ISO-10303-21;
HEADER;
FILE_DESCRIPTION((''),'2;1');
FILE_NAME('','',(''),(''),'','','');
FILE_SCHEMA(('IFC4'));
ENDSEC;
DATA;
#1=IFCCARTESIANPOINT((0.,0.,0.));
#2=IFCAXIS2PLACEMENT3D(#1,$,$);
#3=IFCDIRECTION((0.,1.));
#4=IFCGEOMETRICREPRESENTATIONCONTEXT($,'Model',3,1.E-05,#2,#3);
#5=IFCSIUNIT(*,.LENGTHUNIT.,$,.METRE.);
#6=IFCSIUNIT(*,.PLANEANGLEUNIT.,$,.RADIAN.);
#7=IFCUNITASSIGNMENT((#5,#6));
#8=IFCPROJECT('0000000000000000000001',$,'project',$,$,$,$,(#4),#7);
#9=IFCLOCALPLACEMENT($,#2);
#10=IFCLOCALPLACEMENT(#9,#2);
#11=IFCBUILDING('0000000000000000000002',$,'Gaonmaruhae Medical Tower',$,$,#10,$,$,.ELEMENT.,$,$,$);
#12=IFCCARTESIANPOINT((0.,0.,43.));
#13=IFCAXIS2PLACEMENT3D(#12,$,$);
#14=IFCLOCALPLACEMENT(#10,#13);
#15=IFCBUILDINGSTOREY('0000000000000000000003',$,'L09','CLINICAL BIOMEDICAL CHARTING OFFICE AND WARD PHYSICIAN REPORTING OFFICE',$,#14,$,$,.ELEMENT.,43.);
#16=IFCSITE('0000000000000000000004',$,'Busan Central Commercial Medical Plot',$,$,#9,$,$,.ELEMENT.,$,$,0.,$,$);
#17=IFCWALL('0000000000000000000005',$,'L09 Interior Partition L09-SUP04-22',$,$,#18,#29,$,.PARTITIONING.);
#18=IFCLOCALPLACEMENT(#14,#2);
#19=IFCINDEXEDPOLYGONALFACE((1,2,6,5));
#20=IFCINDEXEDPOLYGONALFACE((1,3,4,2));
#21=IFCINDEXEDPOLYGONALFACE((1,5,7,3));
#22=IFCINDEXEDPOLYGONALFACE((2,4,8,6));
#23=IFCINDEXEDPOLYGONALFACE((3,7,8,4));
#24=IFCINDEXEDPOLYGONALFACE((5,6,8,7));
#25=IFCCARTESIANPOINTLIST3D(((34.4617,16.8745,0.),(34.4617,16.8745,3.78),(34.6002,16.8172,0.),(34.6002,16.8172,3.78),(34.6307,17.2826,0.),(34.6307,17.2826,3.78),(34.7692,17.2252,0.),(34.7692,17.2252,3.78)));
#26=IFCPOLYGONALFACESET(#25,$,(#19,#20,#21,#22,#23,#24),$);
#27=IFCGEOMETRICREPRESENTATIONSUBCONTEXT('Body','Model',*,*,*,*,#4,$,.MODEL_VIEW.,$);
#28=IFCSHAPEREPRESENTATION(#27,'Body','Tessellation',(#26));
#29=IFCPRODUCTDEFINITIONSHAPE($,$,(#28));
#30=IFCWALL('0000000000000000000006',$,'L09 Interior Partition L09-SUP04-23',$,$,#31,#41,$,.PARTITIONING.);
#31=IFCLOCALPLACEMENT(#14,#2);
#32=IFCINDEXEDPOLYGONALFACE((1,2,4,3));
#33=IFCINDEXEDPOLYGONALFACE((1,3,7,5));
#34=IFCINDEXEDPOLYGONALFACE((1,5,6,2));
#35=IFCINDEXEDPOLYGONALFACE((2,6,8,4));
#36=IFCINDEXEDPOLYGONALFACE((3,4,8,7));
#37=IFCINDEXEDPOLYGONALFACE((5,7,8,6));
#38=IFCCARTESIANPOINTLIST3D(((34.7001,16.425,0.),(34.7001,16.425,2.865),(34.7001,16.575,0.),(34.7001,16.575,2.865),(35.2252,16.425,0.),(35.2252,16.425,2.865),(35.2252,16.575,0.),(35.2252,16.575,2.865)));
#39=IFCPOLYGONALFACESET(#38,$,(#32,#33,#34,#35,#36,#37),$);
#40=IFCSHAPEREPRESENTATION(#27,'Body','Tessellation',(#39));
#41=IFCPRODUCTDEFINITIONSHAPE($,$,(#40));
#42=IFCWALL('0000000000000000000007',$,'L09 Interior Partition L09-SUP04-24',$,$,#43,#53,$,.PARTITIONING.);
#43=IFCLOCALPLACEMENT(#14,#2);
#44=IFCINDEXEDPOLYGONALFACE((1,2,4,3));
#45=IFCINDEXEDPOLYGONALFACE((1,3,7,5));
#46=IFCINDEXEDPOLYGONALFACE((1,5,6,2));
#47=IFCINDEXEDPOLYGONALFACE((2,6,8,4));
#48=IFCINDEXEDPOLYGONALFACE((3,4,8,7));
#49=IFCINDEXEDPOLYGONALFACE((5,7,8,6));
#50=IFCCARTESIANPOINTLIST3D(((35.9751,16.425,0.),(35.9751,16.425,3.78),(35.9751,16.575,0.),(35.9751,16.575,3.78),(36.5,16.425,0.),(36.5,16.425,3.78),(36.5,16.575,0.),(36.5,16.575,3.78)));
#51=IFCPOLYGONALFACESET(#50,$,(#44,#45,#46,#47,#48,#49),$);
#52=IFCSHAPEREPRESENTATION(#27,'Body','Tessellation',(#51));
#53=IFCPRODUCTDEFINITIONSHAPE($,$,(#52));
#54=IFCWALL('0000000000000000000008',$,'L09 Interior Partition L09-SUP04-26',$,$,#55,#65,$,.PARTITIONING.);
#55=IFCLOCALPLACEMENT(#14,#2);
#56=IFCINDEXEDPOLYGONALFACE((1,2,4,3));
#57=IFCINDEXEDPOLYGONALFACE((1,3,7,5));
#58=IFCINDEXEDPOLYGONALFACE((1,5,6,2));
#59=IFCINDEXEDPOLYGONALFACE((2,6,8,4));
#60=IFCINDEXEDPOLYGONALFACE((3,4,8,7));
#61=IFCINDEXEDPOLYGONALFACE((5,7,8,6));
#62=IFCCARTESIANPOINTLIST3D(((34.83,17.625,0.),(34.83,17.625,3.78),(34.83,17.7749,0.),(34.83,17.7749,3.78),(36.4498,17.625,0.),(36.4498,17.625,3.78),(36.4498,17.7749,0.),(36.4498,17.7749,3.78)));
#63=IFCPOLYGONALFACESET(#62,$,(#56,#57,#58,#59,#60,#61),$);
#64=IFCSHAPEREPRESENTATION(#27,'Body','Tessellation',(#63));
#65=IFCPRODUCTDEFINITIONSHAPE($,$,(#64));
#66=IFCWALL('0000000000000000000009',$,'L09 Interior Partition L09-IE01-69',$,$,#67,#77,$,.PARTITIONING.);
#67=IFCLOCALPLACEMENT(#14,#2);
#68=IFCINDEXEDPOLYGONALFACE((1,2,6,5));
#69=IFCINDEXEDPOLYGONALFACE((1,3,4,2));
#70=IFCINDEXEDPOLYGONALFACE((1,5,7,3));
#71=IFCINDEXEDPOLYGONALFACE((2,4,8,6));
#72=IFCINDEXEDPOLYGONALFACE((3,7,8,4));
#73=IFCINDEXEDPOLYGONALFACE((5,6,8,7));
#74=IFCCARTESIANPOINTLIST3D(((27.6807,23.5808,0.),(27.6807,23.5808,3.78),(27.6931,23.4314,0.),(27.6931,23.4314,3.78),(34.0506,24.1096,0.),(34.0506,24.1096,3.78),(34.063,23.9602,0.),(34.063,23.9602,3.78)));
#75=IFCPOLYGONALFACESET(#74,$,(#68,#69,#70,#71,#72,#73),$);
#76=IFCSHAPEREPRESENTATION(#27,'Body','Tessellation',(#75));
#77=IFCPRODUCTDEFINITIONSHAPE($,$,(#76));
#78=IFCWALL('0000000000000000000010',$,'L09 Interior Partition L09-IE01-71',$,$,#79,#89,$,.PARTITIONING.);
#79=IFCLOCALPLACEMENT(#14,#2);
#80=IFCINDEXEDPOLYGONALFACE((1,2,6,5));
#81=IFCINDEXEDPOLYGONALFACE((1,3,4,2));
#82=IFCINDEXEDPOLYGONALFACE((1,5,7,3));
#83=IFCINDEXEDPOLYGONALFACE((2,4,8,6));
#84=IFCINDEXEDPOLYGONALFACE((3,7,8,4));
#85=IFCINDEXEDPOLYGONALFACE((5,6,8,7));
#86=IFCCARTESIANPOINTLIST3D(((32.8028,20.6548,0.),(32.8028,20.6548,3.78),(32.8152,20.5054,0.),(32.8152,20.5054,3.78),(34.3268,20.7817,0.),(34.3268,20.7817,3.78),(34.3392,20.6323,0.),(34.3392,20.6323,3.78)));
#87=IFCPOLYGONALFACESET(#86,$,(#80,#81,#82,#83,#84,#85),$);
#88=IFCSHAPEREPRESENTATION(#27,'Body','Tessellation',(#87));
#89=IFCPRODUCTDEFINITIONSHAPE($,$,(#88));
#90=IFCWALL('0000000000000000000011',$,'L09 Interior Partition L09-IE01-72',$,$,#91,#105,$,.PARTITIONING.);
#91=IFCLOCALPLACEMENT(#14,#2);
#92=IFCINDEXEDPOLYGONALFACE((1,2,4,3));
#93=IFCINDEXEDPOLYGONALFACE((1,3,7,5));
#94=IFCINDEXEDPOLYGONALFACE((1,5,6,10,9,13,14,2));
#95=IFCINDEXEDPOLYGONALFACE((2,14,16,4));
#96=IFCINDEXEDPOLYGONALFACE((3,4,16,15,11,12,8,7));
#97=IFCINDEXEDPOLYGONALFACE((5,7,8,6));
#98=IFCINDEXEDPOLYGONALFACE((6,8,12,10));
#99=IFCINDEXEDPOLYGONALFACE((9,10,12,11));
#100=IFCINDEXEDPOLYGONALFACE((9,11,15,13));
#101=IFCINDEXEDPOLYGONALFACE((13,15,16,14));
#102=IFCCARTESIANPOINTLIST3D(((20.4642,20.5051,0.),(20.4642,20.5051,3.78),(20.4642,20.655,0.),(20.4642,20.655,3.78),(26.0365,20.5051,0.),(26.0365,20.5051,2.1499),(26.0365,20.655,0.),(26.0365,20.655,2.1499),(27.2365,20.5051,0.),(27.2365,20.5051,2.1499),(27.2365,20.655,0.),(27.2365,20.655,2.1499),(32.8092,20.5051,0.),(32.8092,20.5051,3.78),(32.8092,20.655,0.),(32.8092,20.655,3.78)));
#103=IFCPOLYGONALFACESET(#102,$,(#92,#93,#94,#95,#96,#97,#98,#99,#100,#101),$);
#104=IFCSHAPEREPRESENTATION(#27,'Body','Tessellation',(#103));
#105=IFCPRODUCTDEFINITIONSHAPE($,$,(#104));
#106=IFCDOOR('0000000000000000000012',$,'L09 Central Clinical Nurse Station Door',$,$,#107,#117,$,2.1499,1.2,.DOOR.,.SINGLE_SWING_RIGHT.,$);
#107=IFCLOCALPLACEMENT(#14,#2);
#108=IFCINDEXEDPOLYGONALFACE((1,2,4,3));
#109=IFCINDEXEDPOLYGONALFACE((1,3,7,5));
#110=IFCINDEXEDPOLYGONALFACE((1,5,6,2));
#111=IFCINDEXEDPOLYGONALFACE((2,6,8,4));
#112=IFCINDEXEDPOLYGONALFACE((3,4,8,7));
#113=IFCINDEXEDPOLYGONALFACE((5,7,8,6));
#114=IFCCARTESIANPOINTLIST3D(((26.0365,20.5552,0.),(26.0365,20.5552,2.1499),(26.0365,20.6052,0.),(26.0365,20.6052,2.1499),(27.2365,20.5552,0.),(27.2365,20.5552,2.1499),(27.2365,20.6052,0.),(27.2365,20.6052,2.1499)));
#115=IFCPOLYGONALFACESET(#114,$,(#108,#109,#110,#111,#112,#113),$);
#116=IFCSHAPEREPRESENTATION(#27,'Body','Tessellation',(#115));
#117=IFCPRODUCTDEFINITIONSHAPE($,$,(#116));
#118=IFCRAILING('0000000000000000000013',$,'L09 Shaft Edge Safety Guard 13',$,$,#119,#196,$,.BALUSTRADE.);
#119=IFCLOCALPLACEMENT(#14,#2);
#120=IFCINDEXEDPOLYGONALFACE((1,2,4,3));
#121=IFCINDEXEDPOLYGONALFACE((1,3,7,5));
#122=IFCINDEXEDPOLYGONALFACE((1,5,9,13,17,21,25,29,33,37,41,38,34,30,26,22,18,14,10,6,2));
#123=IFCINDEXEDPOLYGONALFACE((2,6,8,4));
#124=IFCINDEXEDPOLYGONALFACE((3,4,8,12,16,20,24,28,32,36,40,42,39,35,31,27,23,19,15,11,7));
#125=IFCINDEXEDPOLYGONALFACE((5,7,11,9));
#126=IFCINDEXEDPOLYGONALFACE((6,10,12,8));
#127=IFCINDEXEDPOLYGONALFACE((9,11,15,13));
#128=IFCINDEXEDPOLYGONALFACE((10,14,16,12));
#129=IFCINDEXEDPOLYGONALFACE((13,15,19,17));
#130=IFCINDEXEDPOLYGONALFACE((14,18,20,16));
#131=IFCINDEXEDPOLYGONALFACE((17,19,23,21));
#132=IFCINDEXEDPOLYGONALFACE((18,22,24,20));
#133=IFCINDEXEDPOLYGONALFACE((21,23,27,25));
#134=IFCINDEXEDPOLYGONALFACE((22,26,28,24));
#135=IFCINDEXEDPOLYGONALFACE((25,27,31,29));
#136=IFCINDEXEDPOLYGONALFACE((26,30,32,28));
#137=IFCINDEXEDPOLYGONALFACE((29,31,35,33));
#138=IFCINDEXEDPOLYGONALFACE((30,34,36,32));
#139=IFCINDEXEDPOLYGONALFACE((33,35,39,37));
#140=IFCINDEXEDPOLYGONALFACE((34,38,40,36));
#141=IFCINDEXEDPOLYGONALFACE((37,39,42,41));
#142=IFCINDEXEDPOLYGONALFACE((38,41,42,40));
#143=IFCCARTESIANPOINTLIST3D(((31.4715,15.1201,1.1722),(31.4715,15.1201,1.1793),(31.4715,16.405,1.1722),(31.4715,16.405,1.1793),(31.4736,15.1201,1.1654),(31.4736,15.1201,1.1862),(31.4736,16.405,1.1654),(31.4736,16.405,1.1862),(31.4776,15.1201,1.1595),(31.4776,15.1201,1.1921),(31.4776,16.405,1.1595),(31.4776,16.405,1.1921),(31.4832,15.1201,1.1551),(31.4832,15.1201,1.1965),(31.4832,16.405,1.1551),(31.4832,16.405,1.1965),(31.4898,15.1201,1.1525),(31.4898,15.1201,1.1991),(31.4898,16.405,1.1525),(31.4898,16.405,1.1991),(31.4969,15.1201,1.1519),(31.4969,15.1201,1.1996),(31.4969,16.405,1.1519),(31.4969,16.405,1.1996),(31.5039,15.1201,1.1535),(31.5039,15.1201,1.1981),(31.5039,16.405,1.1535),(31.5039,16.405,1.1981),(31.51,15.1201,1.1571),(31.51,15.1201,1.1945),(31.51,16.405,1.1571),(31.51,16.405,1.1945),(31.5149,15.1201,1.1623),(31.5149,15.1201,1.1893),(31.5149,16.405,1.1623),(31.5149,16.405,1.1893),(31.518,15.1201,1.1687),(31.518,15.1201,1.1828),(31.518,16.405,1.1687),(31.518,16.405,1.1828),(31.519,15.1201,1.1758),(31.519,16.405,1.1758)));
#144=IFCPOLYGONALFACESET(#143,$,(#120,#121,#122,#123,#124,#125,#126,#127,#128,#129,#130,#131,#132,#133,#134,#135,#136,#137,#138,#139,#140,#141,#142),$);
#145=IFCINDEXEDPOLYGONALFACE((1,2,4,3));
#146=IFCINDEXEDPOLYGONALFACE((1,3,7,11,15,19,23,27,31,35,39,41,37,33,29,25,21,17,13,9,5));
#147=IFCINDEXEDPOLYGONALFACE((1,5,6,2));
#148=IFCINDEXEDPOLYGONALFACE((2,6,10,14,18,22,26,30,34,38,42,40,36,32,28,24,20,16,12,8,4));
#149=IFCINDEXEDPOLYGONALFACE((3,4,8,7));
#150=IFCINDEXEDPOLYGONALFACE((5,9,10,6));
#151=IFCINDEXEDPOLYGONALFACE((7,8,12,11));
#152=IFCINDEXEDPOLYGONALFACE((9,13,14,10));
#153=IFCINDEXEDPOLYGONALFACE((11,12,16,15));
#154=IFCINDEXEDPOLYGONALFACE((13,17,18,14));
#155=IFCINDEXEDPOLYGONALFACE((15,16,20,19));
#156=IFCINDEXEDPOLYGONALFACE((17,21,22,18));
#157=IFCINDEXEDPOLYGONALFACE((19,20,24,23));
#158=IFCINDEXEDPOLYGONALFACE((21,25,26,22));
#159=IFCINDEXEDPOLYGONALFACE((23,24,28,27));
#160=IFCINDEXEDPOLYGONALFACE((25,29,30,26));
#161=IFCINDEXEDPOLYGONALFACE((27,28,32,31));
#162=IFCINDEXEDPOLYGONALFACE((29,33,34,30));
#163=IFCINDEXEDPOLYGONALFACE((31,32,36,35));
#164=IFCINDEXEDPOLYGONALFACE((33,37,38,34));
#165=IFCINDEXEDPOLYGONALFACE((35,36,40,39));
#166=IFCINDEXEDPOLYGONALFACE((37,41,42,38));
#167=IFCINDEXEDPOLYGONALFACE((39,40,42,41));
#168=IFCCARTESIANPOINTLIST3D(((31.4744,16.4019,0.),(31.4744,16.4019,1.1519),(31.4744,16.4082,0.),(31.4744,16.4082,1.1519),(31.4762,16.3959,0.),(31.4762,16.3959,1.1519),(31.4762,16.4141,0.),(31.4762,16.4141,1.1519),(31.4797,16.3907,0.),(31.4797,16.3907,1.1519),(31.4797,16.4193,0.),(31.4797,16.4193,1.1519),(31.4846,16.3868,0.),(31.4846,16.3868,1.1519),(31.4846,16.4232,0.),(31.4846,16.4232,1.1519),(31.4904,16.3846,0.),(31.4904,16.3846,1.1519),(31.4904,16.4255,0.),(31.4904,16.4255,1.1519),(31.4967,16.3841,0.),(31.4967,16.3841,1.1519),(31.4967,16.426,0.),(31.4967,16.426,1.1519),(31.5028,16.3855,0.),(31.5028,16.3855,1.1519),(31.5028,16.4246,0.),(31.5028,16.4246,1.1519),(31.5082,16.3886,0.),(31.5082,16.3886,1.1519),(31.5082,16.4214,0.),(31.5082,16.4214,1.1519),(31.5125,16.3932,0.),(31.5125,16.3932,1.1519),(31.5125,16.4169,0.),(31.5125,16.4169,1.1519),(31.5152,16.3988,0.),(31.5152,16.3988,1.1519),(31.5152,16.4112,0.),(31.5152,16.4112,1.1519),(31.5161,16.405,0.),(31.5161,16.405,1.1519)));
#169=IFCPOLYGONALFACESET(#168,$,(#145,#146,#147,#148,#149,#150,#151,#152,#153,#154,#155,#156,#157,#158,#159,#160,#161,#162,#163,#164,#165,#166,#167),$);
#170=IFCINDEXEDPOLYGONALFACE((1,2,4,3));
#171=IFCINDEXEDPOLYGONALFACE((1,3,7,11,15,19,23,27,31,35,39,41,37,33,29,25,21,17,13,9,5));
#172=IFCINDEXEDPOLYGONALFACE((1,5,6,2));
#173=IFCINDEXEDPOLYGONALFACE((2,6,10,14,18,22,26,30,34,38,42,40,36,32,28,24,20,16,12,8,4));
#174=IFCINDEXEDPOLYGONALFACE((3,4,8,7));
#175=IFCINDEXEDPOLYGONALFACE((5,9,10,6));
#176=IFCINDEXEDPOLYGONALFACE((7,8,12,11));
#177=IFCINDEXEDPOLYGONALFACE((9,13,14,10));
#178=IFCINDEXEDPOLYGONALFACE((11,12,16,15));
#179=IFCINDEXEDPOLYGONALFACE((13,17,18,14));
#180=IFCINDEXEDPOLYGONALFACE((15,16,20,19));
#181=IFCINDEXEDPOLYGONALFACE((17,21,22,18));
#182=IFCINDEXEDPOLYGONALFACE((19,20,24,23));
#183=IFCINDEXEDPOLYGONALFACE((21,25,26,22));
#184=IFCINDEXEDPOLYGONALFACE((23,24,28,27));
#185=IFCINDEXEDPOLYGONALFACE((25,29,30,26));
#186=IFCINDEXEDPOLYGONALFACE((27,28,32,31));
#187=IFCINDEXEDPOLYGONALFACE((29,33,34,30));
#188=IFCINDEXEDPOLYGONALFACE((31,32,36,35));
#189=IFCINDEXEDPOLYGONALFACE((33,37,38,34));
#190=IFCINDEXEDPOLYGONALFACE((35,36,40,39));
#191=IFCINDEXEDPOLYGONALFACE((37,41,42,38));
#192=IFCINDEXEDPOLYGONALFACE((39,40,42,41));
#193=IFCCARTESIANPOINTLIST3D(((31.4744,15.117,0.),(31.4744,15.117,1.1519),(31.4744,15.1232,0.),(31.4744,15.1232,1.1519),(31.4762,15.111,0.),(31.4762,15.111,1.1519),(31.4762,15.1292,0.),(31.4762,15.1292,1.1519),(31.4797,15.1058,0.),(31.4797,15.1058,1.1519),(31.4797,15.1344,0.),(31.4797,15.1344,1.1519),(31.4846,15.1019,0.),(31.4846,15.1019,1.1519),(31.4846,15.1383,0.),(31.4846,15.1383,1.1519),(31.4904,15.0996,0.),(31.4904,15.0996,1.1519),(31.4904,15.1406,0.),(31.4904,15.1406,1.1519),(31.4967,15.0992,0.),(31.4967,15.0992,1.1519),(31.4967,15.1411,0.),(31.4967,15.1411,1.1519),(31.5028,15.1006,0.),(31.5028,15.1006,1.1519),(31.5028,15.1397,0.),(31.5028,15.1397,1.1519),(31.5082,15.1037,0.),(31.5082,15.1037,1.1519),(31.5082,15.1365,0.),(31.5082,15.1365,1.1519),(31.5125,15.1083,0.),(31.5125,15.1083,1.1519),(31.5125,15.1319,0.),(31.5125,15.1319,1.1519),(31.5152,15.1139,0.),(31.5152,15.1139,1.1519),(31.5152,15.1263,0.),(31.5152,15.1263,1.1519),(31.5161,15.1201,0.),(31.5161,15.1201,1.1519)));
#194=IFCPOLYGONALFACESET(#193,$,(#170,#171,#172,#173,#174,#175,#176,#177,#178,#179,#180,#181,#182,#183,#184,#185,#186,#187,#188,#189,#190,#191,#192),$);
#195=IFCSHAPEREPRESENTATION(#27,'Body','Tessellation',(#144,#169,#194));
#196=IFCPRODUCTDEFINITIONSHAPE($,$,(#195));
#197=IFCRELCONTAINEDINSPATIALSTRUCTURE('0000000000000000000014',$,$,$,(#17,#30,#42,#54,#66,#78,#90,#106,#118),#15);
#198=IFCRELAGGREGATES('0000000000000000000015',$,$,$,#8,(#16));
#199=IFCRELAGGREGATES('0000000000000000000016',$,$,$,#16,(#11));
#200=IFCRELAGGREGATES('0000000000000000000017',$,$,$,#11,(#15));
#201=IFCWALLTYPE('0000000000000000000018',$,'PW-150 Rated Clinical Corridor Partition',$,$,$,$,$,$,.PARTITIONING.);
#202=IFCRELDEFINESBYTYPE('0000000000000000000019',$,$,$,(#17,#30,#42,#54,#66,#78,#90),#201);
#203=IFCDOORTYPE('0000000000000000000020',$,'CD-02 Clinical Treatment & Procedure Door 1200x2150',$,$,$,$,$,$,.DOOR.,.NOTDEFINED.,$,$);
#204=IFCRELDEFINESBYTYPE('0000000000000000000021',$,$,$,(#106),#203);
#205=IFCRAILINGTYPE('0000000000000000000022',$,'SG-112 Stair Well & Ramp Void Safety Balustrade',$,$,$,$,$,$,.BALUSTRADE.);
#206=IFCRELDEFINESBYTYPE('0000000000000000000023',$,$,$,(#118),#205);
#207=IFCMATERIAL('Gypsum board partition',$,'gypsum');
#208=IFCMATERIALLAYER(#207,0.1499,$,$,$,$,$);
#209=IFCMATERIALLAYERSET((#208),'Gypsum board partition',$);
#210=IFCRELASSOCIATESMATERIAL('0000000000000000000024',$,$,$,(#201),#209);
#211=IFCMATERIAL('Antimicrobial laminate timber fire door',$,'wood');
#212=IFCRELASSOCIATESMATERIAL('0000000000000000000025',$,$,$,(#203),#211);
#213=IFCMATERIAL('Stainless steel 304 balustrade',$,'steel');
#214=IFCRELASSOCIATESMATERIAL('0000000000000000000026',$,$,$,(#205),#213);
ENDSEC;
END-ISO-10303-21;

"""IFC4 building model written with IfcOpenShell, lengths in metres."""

from ifc_helpers import new_model, si_unit, direction, frame, frame_2d, origin, origin_2d, place, context, subcontext, project, spatial, rectangle, circle, extrude, material, layer, layer_set, type_object, element, fill, save


model = new_model("IFC4")

# Units and contexts
model_context = context("Model", 3, precision=1e-05, world=origin(), true_north=direction((0.0, 1.0)))
body_context = subcontext(model_context, "Body", "Model", "MODEL_VIEW")
ifc_project = project(units=[si_unit("LENGTHUNIT", "METRE"), si_unit("PLANEANGLEUNIT", "RADIAN")], contexts=[model_context])

# Site, building, storey
site_placement = place(None, origin())
site = spatial("IfcSite", under=ifc_project, at=site_placement, Name="Busan Central Commercial Medical Plot", CompositionType="ELEMENT", RefElevation=0.0)
building_placement = place(site_placement, origin())
building = spatial("IfcBuilding", under=site, at=building_placement, Name="Gaonmaruhae Medical Tower", CompositionType="ELEMENT")
storey_placement = place(building_placement, frame((0.0, 0.0, 43.0)))
storey = spatial("IfcBuildingStorey", under=building, at=storey_placement, Name="L09", Description="CLINICAL BIOMEDICAL CHARTING OFFICE AND WARD PHYSICIAN REPORTING OFFICE", CompositionType="ELEMENT", Elevation=43.0)

# Walls
ifc_material_1 = material(Name="Gypsum board partition", Category="gypsum")
ifc_layer_1 = layer(ifc_material_1, 0.1499)
ifc_layer_set_1 = layer_set([ifc_layer_1], Name="Gypsum board partition")
wall_type_1 = type_object("IfcWallType", Name="PW-150 Rated Clinical Corridor Partition", PredefinedType="PARTITIONING", material=ifc_layer_set_1)
wall_1_placement = place(storey_placement, frame((34.531, 16.8459, 0.0), z_axis=(0.0, 0.0, 1.0), x_axis=(0.382612, 0.923909, 0.0)))
element("IfcWall", 1, at=wall_1_placement, inside=storey, type_object=wall_type_1, Name="L09 Interior Partition L09-SUP04-22", PredefinedType="PARTITIONING", context=body_context, shape_type="SweptSolid", body=[
    extrude(rectangle(XDim=0.4417, YDim=0.1499, at=frame_2d((0.2207, 0.0))), origin(), (0.0, 0.0, 1.0), 3.78),
])
wall_2_placement = place(storey_placement, frame((34.7, 16.5, 0.0), z_axis=(0.0, 0.0, 1.0), x_axis=(1.0, 0.0, 0.0)))
element("IfcWall", 2, at=wall_2_placement, inside=storey, type_object=wall_type_1, Name="L09 Interior Partition L09-SUP04-23", PredefinedType="PARTITIONING", context=body_context, shape_type="SweptSolid", body=[
    extrude(rectangle(XDim=0.5251, YDim=0.1499, at=frame_2d((0.2627, 0.0))), origin(), (0.0, 0.0, 1.0), 2.865),
])
wall_3_placement = place(storey_placement, frame((35.9751, 16.5, 0.0), z_axis=(0.0, 0.0, 1.0), x_axis=(1.0, 0.0, 0.0)))
element("IfcWall", 3, at=wall_3_placement, inside=storey, type_object=wall_type_1, Name="L09 Interior Partition L09-SUP04-24", PredefinedType="PARTITIONING", context=body_context, shape_type="SweptSolid", body=[
    extrude(rectangle(XDim=0.5249, YDim=0.1499, at=frame_2d((0.2625, 0.0))), origin(), (0.0, 0.0, 1.0), 3.78),
])
wall_4_placement = place(storey_placement, frame((36.45, 17.7, 0.0), z_axis=(0.0, 0.0, 1.0), x_axis=(-1.0, 0.0, 0.0)))
element("IfcWall", 4, at=wall_4_placement, inside=storey, type_object=wall_type_1, Name="L09 Interior Partition L09-SUP04-26", PredefinedType="PARTITIONING", context=body_context, shape_type="SweptSolid", body=[
    extrude(rectangle(XDim=1.6199, YDim=0.1499, at=frame_2d((0.8101, 0.0))), origin(), (0.0, 0.0, 1.0), 3.78),
])
wall_5_placement = place(storey_placement, frame((27.687, 23.5061, 0.0), z_axis=(0.0, 0.0, 1.0), x_axis=(0.996572, 0.082733, 0.0)))
element("IfcWall", 5, at=wall_5_placement, inside=storey, type_object=wall_type_1, Name="L09 Interior Partition L09-IE01-69", PredefinedType="PARTITIONING", context=body_context, shape_type="SweptSolid", body=[
    extrude(rectangle(XDim=6.3918, YDim=0.1499, at=frame_2d((3.1958, 0.0))), origin(), (0.0, 0.0, 1.0), 3.78),
])
wall_6_placement = place(storey_placement, frame((34.333, 20.707, 0.0), z_axis=(0.0, 0.0, 1.0), x_axis=(-0.996548, -0.083019, 0.0)))
element("IfcWall", 6, at=wall_6_placement, inside=storey, type_object=wall_type_1, Name="L09 Interior Partition L09-IE01-71", PredefinedType="PARTITIONING", context=body_context, shape_type="SweptSolid", body=[
    extrude(rectangle(XDim=1.5293, YDim=0.1499, at=frame_2d((0.7646, 0.0))), origin(), (0.0, 0.0, 1.0), 3.78),
])

# Wall, opening, door
wall_7_placement = place(storey_placement, frame((32.8091, 20.5801, 0.0), z_axis=(0.0, 0.0, 1.0), x_axis=(-1.0, 0.0, 0.0)))
wall_7 = element("IfcWall", 7, at=wall_7_placement, inside=storey, type_object=wall_type_1, Name="L09 Interior Partition L09-IE01-72", PredefinedType="PARTITIONING", context=body_context, shape_type="SweptSolid", body=[
    extrude(rectangle(XDim=12.345, YDim=0.1499, at=frame_2d((6.1724, 0.0))), origin(), (0.0, 0.0, 1.0), 3.78),
])
opening_1_placement = place(wall_7_placement, frame((5.5725, 0.0, 0.0)))
opening_1 = element("IfcOpeningElement", 8, at=opening_1_placement, cuts=wall_7, PredefinedType="OPENING", context=body_context, shape_type="SweptSolid", body=[
    extrude(rectangle(XDim=1.2, YDim=2.1499, at=frame_2d((0.6001, 1.075))), frame((0.0, 0.085, 0.0), z_axis=(0.0, -1.0, 0.0), x_axis=(1.0, 0.0, 0.0)), (0.0, 0.0, 1.0), 0.1699),
])
ifc_material_2 = material(Name="Antimicrobial laminate timber fire door", Category="wood")
door_type = type_object("IfcDoorType", Name="CD-02 Clinical Treatment & Procedure Door 1200x2150", OperationType="NOTDEFINED", PredefinedType="DOOR", material=ifc_material_2)
door_placement = place(opening_1_placement, origin())
door = element("IfcDoor", 9, at=door_placement, inside=storey, type_object=door_type, Name="L09 Central Clinical Nurse Station Door", OperationType="SINGLE_SWING_RIGHT", OverallHeight=2.1499, OverallWidth=1.2, PredefinedType="DOOR", context=body_context, shape_type="SweptSolid", body=[
    extrude(rectangle(XDim=1.2, YDim=2.1499, at=frame_2d((0.6001, 1.075))), frame((0.0, 0.0249, 0.0), z_axis=(0.0, -1.0, 0.0), x_axis=(1.0, 0.0, 0.0)), (0.0, 0.0, 1.0), 0.05),
])
fill(opening_1, door)

# Railing
ifc_material_3 = material(Name="Stainless steel 304 balustrade", Category="steel")
railing_type = type_object("IfcRailingType", Name="SG-112 Stair Well & Ramp Void Safety Balustrade", PredefinedType="BALUSTRADE", material=ifc_material_3)
railing_1_placement = place(storey_placement, frame((31.4951, 16.405, 0.0)))
element("IfcRailing", 10, at=railing_1_placement, inside=storey, type_object=railing_type, Name="L09 Shaft Edge Safety Guard 13", PredefinedType="BALUSTRADE", context=body_context, shape_type="SweptSolid", body=[
    extrude(circle(Radius=0.0239, at=origin_2d()), frame((0.0, 0.0, 1.1758), z_axis=(0.0, -1.0, 0.0), x_axis=(1.0, 0.0, 0.0)), (0.0, 0.0, 1.0), 1.2849),
    extrude(circle(Radius=0.021, at=origin_2d()), origin(), (0.0, 0.0, 1.0), 1.1519),
    extrude(circle(Radius=0.021, at=origin_2d()), frame((0.0, -1.2849, 0.0)), (0.0, 0.0, 1.0), 1.1519),
])

save(model, "model.ifc")
